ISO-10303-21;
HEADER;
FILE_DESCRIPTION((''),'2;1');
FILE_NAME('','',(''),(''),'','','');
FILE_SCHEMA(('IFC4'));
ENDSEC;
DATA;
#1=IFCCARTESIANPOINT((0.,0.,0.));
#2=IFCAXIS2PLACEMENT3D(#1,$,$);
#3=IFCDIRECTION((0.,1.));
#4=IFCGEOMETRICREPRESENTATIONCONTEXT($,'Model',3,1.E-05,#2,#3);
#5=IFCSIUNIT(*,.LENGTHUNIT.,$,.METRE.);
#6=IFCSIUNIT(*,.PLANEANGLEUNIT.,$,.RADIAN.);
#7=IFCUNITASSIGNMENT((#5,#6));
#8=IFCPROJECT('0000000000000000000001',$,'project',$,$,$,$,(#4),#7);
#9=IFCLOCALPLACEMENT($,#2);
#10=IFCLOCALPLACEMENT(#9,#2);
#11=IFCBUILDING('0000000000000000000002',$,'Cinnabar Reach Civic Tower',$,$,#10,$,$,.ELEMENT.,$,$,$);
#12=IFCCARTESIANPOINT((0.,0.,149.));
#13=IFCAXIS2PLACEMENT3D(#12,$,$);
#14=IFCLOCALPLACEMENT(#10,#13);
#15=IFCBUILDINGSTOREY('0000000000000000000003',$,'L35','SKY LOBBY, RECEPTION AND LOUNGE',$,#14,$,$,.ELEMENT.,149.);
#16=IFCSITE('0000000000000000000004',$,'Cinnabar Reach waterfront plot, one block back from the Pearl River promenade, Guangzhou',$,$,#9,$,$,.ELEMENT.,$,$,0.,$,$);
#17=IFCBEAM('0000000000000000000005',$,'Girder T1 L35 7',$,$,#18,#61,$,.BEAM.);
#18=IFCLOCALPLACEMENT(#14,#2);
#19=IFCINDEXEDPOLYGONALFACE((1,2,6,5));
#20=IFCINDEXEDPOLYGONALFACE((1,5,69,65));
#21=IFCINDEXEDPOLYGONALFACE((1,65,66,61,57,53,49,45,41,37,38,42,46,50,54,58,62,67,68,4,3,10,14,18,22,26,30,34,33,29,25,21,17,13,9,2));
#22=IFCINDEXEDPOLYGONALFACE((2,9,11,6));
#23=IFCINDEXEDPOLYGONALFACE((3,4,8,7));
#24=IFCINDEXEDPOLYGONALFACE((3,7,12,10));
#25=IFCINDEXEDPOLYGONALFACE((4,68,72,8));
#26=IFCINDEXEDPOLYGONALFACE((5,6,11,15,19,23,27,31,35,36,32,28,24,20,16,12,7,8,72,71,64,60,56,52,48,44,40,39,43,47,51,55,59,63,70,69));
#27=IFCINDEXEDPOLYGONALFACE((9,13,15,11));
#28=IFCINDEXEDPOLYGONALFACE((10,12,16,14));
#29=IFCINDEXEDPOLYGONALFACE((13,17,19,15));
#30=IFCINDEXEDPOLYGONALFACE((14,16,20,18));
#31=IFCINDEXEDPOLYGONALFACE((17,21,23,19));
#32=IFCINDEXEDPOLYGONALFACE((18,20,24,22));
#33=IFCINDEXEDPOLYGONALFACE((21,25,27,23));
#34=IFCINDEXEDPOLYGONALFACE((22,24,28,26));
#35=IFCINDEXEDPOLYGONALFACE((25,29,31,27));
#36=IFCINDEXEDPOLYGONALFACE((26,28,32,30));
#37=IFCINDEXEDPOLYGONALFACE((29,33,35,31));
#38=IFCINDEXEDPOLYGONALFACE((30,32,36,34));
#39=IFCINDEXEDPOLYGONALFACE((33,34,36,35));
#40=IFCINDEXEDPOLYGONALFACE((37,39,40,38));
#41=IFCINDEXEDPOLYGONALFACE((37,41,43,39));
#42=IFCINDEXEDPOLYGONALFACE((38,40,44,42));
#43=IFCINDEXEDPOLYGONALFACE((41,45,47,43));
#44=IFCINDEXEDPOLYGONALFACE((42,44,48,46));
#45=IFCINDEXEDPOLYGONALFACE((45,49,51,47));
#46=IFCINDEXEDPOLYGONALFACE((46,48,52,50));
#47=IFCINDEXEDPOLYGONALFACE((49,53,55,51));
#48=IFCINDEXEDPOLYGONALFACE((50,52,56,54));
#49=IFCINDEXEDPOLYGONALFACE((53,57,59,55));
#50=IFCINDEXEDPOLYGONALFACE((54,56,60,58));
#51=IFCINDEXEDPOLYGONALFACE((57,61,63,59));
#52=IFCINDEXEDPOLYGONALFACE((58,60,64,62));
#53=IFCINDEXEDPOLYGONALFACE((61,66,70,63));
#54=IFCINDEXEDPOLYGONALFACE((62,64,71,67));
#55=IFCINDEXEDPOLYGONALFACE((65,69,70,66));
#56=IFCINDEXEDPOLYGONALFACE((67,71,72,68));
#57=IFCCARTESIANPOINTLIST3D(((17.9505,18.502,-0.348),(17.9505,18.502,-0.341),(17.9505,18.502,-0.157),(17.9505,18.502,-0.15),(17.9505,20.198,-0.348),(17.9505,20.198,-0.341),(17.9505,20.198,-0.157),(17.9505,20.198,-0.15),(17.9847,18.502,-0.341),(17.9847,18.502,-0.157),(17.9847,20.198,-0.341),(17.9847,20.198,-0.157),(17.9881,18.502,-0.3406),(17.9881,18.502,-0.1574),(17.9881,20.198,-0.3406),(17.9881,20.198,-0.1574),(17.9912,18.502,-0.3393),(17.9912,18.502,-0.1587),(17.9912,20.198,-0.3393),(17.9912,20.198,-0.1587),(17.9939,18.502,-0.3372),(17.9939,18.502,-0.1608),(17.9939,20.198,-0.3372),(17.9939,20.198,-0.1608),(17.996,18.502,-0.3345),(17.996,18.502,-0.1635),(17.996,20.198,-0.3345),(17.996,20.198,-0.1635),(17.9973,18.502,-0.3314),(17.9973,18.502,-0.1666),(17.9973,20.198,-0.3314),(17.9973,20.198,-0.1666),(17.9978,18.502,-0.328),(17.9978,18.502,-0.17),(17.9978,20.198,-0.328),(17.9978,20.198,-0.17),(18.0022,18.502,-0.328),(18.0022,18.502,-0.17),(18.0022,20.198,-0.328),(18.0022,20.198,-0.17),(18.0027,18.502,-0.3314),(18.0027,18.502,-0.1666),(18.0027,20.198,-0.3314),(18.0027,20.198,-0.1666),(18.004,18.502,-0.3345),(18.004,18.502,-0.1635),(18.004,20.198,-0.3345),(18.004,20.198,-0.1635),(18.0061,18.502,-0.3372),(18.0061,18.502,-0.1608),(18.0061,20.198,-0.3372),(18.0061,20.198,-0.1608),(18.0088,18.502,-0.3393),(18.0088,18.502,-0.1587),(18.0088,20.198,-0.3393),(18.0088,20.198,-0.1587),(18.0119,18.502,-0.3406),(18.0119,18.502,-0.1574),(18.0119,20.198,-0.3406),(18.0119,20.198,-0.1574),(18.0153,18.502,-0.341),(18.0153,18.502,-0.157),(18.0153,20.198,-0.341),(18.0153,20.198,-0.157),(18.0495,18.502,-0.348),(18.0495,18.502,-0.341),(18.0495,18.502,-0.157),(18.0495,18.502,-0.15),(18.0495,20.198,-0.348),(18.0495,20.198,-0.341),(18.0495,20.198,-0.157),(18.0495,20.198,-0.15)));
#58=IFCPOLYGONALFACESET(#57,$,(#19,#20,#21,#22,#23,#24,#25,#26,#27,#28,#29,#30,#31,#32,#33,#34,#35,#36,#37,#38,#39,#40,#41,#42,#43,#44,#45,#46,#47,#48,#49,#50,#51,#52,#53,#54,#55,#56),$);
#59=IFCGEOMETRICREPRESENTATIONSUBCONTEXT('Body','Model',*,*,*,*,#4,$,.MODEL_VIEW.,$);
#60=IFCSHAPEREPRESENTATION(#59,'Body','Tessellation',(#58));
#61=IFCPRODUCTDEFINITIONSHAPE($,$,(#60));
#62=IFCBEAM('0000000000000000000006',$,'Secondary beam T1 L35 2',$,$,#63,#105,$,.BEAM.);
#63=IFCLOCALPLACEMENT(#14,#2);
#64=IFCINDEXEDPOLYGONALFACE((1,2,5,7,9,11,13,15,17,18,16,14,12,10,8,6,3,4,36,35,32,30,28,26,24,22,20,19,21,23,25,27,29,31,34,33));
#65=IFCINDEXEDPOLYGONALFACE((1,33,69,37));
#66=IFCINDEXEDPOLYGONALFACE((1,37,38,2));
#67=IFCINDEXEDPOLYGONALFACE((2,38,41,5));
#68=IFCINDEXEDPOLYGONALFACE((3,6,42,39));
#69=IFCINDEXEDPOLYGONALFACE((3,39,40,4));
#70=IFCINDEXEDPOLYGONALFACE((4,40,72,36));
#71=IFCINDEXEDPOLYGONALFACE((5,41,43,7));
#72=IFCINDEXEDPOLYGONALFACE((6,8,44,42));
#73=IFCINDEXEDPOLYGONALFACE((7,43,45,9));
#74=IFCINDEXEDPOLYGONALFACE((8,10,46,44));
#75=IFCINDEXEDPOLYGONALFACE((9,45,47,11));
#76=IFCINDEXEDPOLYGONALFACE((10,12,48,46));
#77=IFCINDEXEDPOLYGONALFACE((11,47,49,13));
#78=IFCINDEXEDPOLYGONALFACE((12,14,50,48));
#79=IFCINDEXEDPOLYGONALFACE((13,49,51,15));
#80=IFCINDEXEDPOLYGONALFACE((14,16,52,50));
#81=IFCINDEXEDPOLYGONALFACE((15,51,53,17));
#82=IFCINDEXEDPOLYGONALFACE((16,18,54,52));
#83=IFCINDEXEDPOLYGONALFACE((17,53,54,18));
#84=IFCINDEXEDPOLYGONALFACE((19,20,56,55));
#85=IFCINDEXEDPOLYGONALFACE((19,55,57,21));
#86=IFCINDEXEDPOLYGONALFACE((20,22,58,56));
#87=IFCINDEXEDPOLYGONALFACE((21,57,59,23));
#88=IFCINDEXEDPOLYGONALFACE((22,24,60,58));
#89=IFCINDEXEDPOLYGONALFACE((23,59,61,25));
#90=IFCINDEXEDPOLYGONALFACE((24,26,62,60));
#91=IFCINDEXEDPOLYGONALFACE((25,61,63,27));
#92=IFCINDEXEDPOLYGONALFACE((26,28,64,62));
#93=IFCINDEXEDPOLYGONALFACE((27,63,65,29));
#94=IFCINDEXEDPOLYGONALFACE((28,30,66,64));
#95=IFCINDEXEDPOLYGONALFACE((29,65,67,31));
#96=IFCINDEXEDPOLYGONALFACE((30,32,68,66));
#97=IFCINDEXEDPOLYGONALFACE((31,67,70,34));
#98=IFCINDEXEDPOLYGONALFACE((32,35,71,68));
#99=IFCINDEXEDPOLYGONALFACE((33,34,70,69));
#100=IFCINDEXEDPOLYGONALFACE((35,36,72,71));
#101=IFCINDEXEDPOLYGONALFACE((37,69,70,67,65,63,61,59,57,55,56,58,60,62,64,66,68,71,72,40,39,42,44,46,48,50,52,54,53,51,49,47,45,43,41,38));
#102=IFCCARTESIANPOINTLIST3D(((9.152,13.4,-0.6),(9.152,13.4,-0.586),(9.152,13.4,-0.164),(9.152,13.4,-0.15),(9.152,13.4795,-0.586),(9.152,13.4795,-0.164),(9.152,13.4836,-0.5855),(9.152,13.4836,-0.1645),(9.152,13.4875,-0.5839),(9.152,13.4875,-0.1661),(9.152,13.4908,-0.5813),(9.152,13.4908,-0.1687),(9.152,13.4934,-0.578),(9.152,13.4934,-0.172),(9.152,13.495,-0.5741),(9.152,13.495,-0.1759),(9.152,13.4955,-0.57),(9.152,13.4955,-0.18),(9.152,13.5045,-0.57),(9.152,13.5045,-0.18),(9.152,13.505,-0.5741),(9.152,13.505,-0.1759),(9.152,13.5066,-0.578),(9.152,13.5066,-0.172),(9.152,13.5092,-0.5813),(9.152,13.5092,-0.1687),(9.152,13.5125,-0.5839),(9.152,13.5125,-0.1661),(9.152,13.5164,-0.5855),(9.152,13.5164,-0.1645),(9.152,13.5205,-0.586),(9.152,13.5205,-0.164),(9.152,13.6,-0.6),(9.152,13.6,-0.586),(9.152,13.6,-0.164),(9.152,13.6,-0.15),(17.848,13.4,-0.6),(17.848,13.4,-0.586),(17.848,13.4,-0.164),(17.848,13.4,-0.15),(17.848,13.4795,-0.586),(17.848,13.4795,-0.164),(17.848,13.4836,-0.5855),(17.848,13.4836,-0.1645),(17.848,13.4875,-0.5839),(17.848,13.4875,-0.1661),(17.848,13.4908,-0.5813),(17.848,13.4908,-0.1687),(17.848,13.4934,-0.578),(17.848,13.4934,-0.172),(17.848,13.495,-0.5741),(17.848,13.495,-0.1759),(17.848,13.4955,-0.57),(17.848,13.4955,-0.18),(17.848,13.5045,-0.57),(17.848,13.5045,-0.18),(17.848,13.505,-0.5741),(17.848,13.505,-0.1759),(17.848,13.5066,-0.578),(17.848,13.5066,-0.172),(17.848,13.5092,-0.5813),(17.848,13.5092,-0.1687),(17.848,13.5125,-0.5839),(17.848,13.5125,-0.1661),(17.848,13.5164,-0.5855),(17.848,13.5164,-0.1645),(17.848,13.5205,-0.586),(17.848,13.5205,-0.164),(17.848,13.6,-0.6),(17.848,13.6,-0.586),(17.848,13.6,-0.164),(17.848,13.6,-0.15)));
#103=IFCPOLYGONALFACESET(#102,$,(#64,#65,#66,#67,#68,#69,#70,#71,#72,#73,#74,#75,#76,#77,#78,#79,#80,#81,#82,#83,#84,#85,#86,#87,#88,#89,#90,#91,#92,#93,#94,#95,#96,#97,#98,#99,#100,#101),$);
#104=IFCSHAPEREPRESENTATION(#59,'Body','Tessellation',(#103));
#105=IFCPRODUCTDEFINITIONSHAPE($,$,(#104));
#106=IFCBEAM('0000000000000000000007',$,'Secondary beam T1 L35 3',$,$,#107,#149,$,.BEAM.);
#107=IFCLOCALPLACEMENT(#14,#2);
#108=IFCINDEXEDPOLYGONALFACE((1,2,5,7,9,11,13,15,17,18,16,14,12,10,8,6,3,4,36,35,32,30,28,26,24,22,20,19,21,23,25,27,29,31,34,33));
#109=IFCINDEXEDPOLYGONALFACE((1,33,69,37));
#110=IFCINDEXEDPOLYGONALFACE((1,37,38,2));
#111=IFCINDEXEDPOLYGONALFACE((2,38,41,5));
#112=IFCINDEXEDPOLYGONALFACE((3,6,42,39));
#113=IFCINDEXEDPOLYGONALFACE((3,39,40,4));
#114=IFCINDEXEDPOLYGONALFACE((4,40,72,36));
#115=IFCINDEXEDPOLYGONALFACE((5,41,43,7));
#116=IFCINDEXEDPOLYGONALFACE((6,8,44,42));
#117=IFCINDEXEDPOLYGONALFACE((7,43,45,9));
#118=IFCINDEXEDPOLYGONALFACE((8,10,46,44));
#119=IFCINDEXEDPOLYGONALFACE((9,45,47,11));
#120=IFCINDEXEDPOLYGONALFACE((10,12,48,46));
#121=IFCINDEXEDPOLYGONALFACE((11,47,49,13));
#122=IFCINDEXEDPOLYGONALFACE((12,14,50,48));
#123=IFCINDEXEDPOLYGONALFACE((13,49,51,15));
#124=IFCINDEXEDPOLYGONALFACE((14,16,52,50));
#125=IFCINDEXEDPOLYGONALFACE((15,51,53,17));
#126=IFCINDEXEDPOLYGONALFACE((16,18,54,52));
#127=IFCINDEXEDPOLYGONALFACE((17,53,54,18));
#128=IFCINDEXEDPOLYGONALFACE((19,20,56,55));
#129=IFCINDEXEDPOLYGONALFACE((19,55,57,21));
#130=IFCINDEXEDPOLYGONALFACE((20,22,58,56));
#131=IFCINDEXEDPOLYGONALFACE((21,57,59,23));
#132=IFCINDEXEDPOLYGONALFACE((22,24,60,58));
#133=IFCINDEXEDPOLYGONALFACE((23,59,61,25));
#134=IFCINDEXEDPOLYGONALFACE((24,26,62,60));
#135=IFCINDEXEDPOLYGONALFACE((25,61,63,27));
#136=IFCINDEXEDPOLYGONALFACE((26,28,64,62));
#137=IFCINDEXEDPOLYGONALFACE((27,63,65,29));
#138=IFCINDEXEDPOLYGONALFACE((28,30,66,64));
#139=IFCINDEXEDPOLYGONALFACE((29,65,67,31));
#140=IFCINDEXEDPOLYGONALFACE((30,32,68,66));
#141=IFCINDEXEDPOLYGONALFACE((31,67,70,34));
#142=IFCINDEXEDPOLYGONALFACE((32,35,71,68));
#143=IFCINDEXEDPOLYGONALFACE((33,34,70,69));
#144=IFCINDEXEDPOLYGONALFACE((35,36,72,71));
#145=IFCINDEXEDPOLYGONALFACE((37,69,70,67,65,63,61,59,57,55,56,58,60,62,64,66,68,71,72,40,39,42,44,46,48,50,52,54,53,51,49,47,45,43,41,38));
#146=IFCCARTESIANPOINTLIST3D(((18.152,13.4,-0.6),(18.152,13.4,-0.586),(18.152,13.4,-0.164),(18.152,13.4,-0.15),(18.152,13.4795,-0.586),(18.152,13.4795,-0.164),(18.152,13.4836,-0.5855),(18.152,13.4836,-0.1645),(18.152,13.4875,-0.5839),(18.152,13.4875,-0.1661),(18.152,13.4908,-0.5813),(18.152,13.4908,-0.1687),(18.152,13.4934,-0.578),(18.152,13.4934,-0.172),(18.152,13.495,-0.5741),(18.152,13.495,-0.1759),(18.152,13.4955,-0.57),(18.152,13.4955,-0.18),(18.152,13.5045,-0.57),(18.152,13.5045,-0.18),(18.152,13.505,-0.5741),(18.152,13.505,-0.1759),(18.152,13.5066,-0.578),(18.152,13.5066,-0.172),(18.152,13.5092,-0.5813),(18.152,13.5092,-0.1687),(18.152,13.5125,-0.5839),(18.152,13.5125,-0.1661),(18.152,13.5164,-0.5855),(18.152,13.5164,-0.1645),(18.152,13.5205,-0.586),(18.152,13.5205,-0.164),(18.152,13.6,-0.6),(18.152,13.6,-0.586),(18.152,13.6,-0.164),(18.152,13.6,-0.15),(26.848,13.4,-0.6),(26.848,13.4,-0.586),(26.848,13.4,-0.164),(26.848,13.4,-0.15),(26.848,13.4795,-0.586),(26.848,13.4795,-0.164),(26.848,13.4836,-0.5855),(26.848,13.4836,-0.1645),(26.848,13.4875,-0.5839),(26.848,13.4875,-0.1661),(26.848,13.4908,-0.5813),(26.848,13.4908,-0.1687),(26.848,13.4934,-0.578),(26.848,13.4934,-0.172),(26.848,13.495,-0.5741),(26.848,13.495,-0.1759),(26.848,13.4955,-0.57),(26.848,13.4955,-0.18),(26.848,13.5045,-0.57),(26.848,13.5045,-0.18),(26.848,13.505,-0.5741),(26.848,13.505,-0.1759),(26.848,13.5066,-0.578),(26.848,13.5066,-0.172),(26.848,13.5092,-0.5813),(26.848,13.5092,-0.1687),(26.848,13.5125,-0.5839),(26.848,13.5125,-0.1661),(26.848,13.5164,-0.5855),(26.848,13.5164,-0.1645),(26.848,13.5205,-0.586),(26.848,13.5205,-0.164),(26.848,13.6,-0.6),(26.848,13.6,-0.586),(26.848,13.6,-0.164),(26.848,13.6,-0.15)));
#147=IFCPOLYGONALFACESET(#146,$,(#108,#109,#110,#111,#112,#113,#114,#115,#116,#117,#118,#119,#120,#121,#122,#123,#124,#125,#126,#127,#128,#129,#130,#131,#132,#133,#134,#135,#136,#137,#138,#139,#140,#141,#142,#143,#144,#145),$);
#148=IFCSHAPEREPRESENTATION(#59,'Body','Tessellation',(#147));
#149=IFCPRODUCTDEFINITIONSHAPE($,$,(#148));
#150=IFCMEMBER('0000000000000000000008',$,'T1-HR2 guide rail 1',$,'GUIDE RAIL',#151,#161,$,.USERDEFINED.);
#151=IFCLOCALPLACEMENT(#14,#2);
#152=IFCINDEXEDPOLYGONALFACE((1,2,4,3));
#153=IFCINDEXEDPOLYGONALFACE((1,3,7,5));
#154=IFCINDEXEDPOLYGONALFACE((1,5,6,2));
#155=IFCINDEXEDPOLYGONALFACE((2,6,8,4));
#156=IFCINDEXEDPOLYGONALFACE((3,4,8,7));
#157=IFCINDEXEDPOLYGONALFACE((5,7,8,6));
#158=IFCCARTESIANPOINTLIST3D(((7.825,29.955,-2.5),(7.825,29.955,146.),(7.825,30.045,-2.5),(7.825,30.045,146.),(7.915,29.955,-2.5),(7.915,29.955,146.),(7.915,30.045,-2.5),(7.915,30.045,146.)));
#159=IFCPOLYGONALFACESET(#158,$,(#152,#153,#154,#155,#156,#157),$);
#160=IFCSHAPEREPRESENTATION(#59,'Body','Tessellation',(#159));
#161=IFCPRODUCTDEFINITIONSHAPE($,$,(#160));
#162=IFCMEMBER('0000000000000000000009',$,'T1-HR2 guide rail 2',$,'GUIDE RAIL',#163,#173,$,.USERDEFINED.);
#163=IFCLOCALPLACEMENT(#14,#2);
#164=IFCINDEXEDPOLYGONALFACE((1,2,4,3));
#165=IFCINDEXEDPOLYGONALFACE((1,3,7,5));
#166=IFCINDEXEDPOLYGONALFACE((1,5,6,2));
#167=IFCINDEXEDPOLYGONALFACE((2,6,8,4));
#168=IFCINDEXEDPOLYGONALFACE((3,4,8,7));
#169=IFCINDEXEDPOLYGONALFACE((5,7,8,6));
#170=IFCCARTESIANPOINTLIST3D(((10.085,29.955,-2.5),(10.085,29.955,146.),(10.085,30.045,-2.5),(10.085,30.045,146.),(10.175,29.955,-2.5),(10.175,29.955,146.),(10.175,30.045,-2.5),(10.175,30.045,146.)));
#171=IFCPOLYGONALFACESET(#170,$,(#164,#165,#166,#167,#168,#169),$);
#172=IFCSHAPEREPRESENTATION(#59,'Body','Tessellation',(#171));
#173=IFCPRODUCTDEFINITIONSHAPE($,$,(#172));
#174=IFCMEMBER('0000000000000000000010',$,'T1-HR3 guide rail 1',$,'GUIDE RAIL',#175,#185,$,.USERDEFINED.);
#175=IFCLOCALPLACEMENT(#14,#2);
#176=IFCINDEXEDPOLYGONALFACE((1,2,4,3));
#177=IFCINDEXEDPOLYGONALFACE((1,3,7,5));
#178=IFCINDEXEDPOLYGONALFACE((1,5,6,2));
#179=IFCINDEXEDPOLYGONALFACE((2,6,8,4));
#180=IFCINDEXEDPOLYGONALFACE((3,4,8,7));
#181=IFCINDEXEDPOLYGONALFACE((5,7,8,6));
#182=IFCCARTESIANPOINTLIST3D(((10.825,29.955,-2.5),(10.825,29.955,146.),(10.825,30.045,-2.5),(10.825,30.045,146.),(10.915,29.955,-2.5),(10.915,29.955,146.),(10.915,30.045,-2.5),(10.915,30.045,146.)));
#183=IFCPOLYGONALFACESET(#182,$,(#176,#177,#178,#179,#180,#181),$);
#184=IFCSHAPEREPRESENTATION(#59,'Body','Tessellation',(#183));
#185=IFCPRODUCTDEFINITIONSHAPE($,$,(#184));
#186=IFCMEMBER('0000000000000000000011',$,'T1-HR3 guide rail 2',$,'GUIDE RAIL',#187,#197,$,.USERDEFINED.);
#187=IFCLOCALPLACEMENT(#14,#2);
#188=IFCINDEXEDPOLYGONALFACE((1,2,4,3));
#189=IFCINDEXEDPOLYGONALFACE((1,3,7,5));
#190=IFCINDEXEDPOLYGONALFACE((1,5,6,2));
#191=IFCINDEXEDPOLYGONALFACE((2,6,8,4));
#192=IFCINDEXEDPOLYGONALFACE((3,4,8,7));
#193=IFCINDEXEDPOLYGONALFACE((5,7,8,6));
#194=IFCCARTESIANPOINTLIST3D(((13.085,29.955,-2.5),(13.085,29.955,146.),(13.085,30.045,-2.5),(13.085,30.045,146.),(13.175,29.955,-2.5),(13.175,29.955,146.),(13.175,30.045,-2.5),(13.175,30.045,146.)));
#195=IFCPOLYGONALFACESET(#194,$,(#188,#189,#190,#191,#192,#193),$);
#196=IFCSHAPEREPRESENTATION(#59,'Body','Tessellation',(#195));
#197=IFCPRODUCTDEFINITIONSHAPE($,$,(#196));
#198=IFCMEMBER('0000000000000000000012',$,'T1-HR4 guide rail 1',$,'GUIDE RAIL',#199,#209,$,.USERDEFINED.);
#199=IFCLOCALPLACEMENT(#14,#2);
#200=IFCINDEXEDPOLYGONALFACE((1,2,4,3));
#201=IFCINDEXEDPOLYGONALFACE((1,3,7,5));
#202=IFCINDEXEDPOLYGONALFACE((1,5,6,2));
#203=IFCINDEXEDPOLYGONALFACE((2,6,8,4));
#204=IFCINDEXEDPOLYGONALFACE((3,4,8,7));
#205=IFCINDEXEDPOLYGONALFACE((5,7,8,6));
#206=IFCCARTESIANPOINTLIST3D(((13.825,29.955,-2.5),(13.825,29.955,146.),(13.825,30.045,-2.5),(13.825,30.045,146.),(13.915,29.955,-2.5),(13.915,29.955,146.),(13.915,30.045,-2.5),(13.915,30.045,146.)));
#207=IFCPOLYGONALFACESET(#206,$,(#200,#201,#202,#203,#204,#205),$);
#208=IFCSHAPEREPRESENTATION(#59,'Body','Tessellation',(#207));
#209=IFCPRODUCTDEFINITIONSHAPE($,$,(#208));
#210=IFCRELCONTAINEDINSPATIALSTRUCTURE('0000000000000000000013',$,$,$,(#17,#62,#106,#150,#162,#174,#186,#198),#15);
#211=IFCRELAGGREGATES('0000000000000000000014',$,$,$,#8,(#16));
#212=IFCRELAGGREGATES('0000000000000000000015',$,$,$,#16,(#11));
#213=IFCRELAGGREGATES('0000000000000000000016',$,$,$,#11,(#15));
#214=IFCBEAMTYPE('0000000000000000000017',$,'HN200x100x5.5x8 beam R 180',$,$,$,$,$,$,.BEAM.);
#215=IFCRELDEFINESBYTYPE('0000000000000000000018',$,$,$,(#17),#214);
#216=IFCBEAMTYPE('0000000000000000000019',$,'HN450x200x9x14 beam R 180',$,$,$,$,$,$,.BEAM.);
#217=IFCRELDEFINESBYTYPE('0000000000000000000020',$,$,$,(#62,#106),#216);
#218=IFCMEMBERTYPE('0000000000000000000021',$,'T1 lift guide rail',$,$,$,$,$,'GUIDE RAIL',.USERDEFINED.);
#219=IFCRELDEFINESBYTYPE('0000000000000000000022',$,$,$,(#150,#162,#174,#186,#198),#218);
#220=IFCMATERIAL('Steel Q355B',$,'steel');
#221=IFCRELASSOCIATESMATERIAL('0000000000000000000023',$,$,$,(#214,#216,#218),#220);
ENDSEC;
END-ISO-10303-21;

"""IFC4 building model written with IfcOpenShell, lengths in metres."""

from ifc_helpers import new_model, si_unit, direction, frame, origin, origin_2d, place, context, subcontext, project, spatial, rectangle, i_section, extrude, material, material_profile, profile_set, type_object, element, save


model = new_model("IFC4")

# Units and contexts
model_context = context("Model", 3, precision=1e-05, world=origin(), true_north=direction((0.0, 1.0)))
body_context = subcontext(model_context, "Body", "Model", "MODEL_VIEW")
ifc_project = project(units=[si_unit("LENGTHUNIT", "METRE"), si_unit("PLANEANGLEUNIT", "RADIAN")], contexts=[model_context])

# Site, building, storey
site_placement = place(None, origin())
site = spatial("IfcSite", under=ifc_project, at=site_placement, Name="Cinnabar Reach waterfront plot, one block back from the Pearl River promenade, Guangzhou", CompositionType="ELEMENT", RefElevation=0.0)
building_placement = place(site_placement, origin())
building = spatial("IfcBuilding", under=site, at=building_placement, Name="Cinnabar Reach Civic Tower", CompositionType="ELEMENT")
storey_placement = place(building_placement, frame((0.0, 0.0, 149.0)))
storey = spatial("IfcBuildingStorey", under=building, at=storey_placement, Name="L35", Description="SKY LOBBY, RECEPTION AND LOUNGE", CompositionType="ELEMENT", Elevation=149.0)

# Beams
ifc_material_1 = material(Name="Steel Q355B", Category="steel")
ifc_material_profile_1 = material_profile(ifc_material_1, i_section(OverallWidth=0.099, OverallDepth=0.198, WebThickness=0.0045, FlangeThickness=0.007, FilletRadius=0.013, at=origin_2d()), Name="HN200x100x5.5x8")
ifc_profile_set_1 = profile_set([ifc_material_profile_1], Name="Steel Q355B")
beam_type_1 = type_object("IfcBeamType", Name="HN200x100x5.5x8 beam R 180", PredefinedType="BEAM", material=ifc_profile_set_1)
for number, where, z_axis, x_axis, name in (
    (1, (18.0, 18.502, -0.249), (0.0, 1.0, 0.0), (-1.0, 0.0, 0.0), "Girder T1 L35 7"),
):
    element("IfcBeam", number, at=place(storey_placement, frame(where, z_axis=z_axis, x_axis=x_axis)), inside=storey, type_object=beam_type_1, Name=name, PredefinedType="BEAM", context=body_context, shape_type="SweptSolid", body=[
        extrude(i_section(OverallWidth=0.099, OverallDepth=0.198, WebThickness=0.0045, FlangeThickness=0.007, FilletRadius=0.013, at=origin_2d()), origin(), (0.0, 0.0, 1.0), 1.696),
    ])
ifc_material_profile_2 = material_profile(ifc_material_1, i_section(OverallWidth=0.2, OverallDepth=0.45, WebThickness=0.009, FlangeThickness=0.014, FilletRadius=0.016, at=origin_2d()), Name="HN450x200x9x14")
ifc_profile_set_2 = profile_set([ifc_material_profile_2], Name="Steel Q355B")
beam_type_2 = type_object("IfcBeamType", Name="HN450x200x9x14 beam R 180", PredefinedType="BEAM", material=ifc_profile_set_2)
for number, where, z_axis, x_axis, name in (
    (2, (9.152, 13.5, -0.375), (1.0, 0.0, 0.0), (0.0, 1.0, 0.0), "Secondary beam T1 L35 2"),
    (3, (18.152, 13.5, -0.375), (1.0, 0.0, 0.0), (0.0, 1.0, 0.0), "Secondary beam T1 L35 3"),
):
    element("IfcBeam", number, at=place(storey_placement, frame(where, z_axis=z_axis, x_axis=x_axis)), inside=storey, type_object=beam_type_2, Name=name, PredefinedType="BEAM", context=body_context, shape_type="SweptSolid", body=[
        extrude(i_section(OverallWidth=0.2, OverallDepth=0.45, WebThickness=0.009, FlangeThickness=0.014, FilletRadius=0.016, at=origin_2d()), origin(), (0.0, 0.0, 1.0), 8.696),
    ])

# Members
ifc_material_profile_3 = material_profile(ifc_material_1, rectangle(XDim=0.09, YDim=0.09, at=origin_2d()), Name="T1 lift guide rail")
ifc_profile_set_3 = profile_set([ifc_material_profile_3], Name="Steel Q355B")
member_type = type_object("IfcMemberType", Name="T1 lift guide rail", ElementType="GUIDE RAIL", PredefinedType="USERDEFINED", material=ifc_profile_set_3)
for number, where, z_axis, x_axis, name in (
    (4, (7.87, 30.0, -2.5), (0.0, 0.0, 1.0), (1.0, 0.0, 0.0), "T1-HR2 guide rail 1"),
    (5, (10.13, 30.0, -2.5), (0.0, 0.0, 1.0), (1.0, 0.0, 0.0), "T1-HR2 guide rail 2"),
    (6, (10.87, 30.0, -2.5), (0.0, 0.0, 1.0), (1.0, 0.0, 0.0), "T1-HR3 guide rail 1"),
    (7, (13.13, 30.0, -2.5), (0.0, 0.0, 1.0), (1.0, 0.0, 0.0), "T1-HR3 guide rail 2"),
    (8, (13.87, 30.0, -2.5), (0.0, 0.0, 1.0), (1.0, 0.0, 0.0), "T1-HR4 guide rail 1"),
):
    element("IfcMember", number, at=place(storey_placement, frame(where, z_axis=z_axis, x_axis=x_axis)), inside=storey, type_object=member_type, Name=name, ObjectType="GUIDE RAIL", PredefinedType="USERDEFINED", context=body_context, shape_type="SweptSolid", body=[
        extrude(rectangle(XDim=0.09, YDim=0.09, at=origin_2d()), origin(), (0.0, 0.0, 1.0), 148.5),
    ])

save(model, "model.ifc")
